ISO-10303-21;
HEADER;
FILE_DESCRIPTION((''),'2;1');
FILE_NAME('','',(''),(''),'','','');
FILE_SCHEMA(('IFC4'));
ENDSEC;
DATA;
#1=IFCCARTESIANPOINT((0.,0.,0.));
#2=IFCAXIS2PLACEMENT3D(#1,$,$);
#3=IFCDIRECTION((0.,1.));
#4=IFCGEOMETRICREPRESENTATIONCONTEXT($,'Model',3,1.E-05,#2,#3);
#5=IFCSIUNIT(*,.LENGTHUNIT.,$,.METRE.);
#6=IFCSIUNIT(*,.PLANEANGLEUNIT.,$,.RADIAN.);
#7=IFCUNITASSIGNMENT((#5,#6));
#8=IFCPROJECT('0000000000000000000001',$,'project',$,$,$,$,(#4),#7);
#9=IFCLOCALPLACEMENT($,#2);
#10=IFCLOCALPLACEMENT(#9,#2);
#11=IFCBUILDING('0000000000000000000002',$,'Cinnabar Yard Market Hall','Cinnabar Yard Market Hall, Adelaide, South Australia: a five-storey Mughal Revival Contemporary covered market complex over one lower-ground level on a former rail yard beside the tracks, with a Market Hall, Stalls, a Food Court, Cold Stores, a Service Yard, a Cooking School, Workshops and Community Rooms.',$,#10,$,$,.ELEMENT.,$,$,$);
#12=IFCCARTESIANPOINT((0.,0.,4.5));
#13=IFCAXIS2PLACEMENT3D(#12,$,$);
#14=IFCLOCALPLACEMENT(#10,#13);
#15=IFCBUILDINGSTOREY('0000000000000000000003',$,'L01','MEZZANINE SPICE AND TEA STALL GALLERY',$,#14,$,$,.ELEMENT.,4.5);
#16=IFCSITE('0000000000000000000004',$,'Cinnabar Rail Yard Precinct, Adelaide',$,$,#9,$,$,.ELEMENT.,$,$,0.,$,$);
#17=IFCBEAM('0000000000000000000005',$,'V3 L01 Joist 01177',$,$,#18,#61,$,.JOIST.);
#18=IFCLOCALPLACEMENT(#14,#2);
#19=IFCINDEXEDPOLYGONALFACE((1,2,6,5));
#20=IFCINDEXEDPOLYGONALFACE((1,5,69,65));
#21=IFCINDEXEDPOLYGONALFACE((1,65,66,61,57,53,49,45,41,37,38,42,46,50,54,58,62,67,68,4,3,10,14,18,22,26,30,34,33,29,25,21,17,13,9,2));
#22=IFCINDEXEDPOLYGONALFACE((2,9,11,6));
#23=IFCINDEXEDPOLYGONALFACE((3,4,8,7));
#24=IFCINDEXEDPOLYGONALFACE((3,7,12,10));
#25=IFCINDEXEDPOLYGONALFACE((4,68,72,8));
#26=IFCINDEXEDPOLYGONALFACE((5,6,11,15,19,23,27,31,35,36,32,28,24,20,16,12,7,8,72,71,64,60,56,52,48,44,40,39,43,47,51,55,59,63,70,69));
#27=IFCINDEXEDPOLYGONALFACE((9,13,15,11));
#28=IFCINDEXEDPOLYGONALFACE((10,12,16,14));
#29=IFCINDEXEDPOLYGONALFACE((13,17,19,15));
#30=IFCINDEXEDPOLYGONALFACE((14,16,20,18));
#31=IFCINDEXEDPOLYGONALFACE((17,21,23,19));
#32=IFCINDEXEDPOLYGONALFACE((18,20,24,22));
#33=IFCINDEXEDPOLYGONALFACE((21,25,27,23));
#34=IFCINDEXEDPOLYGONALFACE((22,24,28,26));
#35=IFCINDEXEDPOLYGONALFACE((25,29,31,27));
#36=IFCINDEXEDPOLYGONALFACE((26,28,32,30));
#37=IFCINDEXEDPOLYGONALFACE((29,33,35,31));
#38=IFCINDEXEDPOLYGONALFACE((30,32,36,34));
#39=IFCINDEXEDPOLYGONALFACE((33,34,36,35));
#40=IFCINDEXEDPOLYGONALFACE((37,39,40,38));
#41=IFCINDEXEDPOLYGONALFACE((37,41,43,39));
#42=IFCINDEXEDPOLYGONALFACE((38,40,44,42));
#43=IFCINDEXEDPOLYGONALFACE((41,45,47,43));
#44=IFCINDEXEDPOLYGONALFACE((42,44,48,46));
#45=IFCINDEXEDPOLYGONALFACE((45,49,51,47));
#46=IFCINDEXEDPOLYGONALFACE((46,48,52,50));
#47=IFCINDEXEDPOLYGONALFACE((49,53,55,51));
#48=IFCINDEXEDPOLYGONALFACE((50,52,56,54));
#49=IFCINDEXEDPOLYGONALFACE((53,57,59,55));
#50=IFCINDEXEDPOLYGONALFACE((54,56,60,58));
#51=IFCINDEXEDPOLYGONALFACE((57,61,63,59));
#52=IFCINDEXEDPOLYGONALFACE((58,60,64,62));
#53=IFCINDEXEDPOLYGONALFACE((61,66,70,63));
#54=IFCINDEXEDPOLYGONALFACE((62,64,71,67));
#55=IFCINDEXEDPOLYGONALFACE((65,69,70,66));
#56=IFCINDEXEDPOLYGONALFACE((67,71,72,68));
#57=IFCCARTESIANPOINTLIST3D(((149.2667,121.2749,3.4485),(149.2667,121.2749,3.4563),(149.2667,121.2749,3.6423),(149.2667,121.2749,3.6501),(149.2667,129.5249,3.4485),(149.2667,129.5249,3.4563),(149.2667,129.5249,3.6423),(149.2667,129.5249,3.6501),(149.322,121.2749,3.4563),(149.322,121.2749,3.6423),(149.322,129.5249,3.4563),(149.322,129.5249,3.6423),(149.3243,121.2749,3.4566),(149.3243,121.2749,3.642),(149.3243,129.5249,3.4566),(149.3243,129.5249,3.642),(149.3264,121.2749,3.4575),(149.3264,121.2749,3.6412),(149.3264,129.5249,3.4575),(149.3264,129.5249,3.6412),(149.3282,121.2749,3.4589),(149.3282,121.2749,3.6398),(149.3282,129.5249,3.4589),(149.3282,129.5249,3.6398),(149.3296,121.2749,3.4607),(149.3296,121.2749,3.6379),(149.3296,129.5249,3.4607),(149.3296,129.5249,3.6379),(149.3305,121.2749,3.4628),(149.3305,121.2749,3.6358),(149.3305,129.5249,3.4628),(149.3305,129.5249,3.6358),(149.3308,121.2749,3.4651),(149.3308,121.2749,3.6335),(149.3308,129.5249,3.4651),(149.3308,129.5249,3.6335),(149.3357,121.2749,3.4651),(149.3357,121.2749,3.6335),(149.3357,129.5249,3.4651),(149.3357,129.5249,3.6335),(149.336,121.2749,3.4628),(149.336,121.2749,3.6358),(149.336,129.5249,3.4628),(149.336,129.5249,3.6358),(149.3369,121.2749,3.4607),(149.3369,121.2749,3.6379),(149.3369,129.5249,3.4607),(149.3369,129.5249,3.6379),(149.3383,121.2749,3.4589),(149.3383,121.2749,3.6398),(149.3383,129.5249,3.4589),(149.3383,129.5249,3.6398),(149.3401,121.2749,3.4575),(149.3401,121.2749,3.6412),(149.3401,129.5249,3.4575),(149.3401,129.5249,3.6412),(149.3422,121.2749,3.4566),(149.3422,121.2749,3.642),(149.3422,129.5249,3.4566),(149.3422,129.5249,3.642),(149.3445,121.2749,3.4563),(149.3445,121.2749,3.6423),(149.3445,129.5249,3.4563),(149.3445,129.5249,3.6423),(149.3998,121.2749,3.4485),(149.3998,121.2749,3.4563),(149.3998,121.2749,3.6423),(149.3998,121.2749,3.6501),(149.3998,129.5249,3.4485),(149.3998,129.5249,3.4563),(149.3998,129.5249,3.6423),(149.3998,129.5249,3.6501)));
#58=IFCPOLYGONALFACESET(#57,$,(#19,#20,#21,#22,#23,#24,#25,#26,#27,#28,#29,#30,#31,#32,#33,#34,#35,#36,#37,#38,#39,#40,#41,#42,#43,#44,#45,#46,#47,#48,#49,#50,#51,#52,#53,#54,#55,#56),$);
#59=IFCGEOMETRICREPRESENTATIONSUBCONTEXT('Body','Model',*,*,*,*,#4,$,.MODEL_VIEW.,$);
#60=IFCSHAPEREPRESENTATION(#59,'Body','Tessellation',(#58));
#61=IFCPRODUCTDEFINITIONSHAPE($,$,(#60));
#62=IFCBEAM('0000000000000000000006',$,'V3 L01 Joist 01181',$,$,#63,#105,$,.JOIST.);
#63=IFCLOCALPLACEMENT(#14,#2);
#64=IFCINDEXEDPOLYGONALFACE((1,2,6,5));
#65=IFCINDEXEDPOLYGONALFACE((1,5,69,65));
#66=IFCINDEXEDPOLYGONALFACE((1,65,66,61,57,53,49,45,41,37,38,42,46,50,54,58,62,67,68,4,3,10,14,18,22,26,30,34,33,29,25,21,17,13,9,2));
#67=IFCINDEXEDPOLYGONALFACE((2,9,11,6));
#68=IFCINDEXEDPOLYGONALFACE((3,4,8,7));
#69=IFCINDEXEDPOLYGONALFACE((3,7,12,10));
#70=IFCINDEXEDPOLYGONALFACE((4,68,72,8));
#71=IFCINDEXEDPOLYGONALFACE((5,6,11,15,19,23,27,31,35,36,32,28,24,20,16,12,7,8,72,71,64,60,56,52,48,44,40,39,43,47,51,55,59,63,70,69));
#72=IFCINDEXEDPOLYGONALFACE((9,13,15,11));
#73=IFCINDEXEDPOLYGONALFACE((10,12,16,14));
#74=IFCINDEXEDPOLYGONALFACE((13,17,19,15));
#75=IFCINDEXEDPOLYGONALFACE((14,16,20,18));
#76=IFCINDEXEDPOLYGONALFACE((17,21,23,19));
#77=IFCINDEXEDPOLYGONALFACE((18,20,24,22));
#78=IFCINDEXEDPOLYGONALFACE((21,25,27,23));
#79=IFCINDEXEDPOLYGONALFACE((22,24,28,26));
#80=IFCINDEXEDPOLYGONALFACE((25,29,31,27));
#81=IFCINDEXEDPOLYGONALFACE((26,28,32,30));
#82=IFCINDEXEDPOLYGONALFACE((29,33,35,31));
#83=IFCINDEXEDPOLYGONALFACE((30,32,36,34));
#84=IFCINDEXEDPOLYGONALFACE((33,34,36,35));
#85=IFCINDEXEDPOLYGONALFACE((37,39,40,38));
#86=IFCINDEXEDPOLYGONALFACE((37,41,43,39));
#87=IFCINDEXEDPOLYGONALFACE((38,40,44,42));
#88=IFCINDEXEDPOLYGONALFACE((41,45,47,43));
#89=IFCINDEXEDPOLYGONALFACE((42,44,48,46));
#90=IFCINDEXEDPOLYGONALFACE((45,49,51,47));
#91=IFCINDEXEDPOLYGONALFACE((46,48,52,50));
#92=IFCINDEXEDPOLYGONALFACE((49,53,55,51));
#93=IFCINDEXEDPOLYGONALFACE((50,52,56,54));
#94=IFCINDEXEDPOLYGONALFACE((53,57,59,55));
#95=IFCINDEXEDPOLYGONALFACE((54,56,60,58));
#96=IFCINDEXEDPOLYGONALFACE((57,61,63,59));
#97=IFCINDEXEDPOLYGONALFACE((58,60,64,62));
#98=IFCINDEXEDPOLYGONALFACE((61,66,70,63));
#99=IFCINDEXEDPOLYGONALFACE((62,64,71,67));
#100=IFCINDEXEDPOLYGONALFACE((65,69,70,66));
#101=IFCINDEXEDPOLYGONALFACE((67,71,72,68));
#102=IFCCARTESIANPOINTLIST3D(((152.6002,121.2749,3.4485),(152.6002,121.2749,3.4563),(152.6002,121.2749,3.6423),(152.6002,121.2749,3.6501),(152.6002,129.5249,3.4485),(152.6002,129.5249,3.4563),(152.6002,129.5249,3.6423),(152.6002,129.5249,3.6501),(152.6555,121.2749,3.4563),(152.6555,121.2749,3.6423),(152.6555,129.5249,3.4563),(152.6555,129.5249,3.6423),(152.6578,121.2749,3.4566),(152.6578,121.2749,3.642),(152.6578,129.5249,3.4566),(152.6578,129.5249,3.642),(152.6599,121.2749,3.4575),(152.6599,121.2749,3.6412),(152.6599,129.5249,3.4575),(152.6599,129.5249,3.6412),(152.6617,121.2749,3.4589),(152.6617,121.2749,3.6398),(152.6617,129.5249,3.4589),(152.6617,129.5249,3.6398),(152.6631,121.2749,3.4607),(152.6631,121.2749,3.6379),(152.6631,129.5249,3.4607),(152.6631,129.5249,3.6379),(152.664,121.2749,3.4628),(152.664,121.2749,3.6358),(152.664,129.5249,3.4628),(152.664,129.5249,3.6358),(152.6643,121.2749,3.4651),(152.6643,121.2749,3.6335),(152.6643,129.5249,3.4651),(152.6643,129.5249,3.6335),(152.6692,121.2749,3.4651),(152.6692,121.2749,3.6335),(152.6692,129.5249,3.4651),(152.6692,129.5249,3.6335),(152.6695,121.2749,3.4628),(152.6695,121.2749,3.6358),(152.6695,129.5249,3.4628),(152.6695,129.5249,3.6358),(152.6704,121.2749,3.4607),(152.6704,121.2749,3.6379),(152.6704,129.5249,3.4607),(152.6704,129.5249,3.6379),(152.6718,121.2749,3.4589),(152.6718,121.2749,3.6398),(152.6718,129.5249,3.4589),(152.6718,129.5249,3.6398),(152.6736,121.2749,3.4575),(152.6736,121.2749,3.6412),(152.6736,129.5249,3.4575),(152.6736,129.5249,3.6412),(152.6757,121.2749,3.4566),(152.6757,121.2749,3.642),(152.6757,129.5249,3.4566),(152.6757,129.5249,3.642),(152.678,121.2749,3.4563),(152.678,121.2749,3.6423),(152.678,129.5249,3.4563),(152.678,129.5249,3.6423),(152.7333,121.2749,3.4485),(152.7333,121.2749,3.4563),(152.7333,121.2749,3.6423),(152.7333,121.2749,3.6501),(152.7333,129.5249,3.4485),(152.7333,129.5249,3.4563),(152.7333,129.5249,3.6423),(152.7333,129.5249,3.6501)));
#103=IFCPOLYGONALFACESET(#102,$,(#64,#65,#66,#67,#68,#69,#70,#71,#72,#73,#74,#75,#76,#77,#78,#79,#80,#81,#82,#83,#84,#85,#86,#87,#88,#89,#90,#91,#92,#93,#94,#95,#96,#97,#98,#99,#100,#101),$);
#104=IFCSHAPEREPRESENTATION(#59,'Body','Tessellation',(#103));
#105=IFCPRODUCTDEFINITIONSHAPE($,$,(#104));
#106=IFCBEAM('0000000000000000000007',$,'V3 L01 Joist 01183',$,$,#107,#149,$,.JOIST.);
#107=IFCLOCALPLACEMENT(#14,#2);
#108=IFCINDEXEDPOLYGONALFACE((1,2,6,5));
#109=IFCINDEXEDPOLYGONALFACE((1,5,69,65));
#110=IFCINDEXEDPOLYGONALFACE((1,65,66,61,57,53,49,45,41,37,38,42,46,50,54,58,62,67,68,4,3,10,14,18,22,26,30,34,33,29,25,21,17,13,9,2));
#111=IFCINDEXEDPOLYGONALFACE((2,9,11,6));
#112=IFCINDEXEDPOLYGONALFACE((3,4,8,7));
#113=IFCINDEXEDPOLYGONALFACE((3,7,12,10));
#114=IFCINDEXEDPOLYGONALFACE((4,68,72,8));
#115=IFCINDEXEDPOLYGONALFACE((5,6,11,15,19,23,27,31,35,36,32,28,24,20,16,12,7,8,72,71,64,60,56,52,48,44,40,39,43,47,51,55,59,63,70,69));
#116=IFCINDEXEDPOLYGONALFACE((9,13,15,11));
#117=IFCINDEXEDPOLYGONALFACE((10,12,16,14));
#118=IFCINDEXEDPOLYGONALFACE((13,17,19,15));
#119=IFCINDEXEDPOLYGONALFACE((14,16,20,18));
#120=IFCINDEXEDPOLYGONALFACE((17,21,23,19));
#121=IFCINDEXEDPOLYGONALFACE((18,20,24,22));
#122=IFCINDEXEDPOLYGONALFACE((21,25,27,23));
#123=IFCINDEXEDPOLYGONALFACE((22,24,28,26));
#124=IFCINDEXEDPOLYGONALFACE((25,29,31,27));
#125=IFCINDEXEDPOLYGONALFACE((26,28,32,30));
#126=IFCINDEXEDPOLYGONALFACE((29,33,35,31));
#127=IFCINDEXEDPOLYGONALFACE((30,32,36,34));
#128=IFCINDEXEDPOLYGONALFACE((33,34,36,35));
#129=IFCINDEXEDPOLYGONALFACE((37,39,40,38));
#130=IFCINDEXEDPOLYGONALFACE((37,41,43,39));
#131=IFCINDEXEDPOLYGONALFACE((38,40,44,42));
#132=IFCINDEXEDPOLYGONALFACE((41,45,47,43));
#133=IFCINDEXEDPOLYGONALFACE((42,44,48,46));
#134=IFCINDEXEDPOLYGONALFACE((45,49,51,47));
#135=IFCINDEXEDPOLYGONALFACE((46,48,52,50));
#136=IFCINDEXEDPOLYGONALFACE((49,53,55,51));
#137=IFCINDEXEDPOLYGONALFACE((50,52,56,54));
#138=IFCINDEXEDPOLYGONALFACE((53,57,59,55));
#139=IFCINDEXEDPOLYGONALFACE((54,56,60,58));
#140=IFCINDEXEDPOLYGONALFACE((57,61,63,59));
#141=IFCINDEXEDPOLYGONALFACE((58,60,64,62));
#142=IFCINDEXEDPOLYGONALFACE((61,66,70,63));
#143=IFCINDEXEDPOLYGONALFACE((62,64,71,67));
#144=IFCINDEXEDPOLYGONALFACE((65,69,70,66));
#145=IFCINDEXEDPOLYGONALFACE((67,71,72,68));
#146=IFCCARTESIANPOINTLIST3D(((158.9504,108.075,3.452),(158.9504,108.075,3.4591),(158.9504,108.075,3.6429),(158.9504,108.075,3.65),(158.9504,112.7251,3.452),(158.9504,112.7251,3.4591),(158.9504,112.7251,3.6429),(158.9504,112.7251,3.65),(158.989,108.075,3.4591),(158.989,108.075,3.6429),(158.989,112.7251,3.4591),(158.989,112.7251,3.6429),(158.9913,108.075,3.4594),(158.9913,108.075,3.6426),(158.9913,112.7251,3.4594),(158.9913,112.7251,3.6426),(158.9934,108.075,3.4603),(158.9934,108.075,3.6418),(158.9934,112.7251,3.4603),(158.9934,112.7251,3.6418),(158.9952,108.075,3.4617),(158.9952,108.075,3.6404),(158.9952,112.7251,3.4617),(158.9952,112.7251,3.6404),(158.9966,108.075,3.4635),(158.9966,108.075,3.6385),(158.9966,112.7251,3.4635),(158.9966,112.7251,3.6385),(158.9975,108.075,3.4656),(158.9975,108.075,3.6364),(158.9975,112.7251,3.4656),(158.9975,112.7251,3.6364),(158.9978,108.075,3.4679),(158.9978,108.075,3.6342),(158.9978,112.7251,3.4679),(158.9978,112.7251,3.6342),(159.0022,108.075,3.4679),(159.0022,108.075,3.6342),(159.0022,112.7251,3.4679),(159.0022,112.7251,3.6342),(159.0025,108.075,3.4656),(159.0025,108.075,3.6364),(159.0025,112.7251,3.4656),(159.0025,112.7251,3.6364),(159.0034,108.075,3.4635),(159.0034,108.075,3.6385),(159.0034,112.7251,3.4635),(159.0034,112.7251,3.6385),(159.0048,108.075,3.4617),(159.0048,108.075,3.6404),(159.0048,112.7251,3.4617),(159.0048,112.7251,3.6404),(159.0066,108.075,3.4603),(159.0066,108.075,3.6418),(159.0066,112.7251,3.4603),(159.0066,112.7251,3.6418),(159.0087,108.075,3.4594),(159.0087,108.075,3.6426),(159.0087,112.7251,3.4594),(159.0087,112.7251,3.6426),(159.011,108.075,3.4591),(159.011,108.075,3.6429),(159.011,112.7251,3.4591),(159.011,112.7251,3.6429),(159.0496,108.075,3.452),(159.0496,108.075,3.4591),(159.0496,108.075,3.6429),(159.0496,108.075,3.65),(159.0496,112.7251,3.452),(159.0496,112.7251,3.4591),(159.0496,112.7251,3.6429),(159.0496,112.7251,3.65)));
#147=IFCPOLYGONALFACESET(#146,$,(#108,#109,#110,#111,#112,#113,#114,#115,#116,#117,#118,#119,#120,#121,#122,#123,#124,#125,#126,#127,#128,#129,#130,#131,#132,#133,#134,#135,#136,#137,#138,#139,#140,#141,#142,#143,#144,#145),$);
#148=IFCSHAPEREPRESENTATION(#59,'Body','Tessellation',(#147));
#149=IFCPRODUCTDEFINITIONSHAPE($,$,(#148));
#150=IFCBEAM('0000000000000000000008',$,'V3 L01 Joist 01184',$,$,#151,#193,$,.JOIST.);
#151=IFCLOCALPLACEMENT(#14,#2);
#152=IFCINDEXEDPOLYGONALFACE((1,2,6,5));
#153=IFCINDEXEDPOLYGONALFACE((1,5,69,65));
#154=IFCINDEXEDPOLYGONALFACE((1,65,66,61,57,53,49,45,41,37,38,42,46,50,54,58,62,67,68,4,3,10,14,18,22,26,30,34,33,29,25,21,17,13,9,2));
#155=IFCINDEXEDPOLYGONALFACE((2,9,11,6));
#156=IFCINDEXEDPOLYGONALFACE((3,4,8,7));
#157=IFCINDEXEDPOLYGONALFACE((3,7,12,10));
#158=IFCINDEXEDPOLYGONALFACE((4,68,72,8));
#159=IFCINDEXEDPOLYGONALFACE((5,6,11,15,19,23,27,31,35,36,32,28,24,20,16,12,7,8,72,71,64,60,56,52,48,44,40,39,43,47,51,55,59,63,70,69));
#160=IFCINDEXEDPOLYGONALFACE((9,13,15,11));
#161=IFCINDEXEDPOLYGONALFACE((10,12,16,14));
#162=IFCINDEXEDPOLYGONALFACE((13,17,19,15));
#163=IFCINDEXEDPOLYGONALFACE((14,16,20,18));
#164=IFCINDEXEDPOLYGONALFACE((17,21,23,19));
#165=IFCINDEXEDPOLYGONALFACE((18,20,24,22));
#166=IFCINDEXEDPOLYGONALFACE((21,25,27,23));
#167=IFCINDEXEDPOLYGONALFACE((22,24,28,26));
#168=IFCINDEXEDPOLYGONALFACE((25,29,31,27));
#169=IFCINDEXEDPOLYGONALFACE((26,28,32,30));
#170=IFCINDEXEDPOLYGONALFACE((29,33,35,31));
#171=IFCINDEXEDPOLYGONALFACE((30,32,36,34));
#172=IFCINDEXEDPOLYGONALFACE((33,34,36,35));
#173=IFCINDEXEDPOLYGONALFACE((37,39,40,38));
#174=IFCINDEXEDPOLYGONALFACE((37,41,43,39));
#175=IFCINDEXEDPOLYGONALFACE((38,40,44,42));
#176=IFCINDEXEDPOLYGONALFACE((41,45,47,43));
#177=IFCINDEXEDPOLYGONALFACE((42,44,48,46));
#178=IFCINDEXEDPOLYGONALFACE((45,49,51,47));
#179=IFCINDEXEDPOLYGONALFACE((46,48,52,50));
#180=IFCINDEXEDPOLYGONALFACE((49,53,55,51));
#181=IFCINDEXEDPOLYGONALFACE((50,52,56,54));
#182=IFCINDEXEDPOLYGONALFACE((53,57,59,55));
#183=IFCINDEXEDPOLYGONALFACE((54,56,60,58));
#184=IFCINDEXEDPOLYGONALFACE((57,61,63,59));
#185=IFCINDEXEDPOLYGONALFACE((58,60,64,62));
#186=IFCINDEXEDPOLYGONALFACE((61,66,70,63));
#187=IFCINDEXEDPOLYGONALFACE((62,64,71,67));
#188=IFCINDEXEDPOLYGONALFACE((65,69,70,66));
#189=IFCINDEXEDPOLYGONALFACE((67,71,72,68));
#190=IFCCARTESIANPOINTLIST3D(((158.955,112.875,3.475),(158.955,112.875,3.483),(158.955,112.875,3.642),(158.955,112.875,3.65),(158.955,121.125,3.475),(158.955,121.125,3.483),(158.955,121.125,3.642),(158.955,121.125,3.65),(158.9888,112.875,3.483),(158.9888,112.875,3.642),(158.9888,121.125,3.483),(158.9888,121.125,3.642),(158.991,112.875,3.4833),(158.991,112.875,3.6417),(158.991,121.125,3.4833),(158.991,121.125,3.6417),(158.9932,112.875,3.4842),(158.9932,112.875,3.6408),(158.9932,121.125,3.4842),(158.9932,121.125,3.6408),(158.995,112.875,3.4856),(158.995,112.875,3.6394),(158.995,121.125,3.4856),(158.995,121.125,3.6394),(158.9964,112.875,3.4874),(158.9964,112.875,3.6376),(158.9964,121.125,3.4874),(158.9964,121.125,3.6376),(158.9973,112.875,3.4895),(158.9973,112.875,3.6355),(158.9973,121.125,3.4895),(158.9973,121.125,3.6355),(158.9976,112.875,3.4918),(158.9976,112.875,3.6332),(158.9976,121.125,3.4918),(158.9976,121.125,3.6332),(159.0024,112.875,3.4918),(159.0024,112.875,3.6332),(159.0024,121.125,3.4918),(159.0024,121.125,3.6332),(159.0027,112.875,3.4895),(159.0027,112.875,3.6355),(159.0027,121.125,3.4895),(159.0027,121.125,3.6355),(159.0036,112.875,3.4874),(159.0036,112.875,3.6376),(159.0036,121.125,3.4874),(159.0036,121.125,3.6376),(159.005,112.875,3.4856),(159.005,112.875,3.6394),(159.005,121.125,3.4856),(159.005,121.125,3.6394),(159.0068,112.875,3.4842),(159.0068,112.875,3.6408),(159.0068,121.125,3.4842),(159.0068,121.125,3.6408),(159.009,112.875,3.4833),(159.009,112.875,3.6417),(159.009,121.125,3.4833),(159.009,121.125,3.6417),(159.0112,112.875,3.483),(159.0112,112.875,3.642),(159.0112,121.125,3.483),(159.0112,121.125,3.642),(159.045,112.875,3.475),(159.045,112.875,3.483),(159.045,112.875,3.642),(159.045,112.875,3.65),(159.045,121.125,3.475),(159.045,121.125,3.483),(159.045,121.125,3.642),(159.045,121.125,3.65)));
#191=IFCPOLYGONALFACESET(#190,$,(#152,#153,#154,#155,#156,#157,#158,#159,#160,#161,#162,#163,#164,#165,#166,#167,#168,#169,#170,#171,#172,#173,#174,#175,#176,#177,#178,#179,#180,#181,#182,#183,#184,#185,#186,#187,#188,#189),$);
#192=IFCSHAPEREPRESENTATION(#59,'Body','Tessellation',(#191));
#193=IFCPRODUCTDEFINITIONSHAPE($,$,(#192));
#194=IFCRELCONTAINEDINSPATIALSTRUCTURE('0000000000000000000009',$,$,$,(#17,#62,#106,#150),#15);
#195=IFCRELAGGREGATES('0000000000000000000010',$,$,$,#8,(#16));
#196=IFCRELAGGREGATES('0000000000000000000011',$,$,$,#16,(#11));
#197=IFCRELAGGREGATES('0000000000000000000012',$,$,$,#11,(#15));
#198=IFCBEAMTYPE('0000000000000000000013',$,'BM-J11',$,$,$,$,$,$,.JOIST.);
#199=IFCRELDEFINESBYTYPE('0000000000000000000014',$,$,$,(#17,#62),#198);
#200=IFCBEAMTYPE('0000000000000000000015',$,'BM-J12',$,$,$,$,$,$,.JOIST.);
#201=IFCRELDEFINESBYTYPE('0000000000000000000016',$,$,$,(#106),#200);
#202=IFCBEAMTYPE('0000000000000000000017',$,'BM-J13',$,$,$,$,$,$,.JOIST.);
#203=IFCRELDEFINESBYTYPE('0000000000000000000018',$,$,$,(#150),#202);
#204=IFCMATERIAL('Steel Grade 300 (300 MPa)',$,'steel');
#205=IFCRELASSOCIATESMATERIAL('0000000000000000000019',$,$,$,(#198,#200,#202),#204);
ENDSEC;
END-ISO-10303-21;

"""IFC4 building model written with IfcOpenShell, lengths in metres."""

from ifc_helpers import new_model, si_unit, direction, frame, origin, origin_2d_with_axis, place, context, subcontext, project, spatial, i_section, extrude, material, material_profile, profile_set, type_object, element, save


model = new_model("IFC4")

# Units and contexts
model_context = context("Model", 3, precision=1e-05, world=origin(), true_north=direction((0.0, 1.0)))
body_context = subcontext(model_context, "Body", "Model", "MODEL_VIEW")
ifc_project = project(units=[si_unit("LENGTHUNIT", "METRE"), si_unit("PLANEANGLEUNIT", "RADIAN")], contexts=[model_context])

# Site, building, storey
site_placement = place(None, origin())
site = spatial("IfcSite", under=ifc_project, at=site_placement, Name="Cinnabar Rail Yard Precinct, Adelaide", CompositionType="ELEMENT", RefElevation=0.0)
building_placement = place(site_placement, origin())
building = spatial("IfcBuilding", under=site, at=building_placement, Name="Cinnabar Yard Market Hall", Description="Cinnabar Yard Market Hall, Adelaide, South Australia: a five-storey Mughal Revival Contemporary covered market complex over one lower-ground level on a former rail yard beside the tracks, with a Market Hall, Stalls, a Food Court, Cold Stores, a Service Yard, a Cooking School, Workshops and Community Rooms.", CompositionType="ELEMENT")
storey_placement = place(building_placement, frame((0.0, 0.0, 4.5)))
storey = spatial("IfcBuildingStorey", under=building, at=storey_placement, Name="L01", Description="MEZZANINE SPICE AND TEA STALL GALLERY", CompositionType="ELEMENT", Elevation=4.5)

# Shared definitions
ifc_material_1 = material(Name="Steel Grade 300 (300 MPa)", Category="steel")

# Beams
ifc_material_profile_1 = material_profile(ifc_material_1, i_section(OverallWidth=0.1331, OverallDepth=0.2017, WebThickness=0.0049, FlangeThickness=0.0078, FilletRadius=0.0088, at=origin_2d_with_axis()), Name="200UB22.3")
ifc_profile_set_1 = profile_set([ifc_material_profile_1], Name="Steel Grade 300 (300 MPa)")
beam_type_1 = type_object("IfcBeamType", Name="BM-J11", PredefinedType="JOIST", material=ifc_profile_set_1)
for number, where, z_axis, x_axis, name in (
    (1, (149.3333, 121.2749, 3.5493), (0.0, 1.0, 0.0), (-1.0, 0.0, 0.0), "V3 L01 Joist 01177"),
    (2, (152.6667, 121.2749, 3.5493), (0.0, 1.0, 0.0), (-1.0, 0.0, 0.0), "V3 L01 Joist 01181"),
):
    element("IfcBeam", number, at=place(storey_placement, frame(where, z_axis=z_axis, x_axis=x_axis)), inside=storey, type_object=beam_type_1, Name=name, PredefinedType="JOIST", context=body_context, shape_type="SweptSolid", body=[
        extrude(i_section(OverallWidth=0.1331, OverallDepth=0.2017, WebThickness=0.0049, FlangeThickness=0.0078, FilletRadius=0.0088, at=origin_2d_with_axis()), origin(), (0.0, 0.0, 1.0), 8.25),
    ])
ifc_material_profile_2 = material_profile(ifc_material_1, i_section(OverallWidth=0.0991, OverallDepth=0.198, WebThickness=0.0044, FlangeThickness=0.0071, FilletRadius=0.0088, at=origin_2d_with_axis()), Name="200UB18.2")
ifc_profile_set_2 = profile_set([ifc_material_profile_2], Name="Steel Grade 300 (300 MPa)")
beam_type_2 = type_object("IfcBeamType", Name="BM-J12", PredefinedType="JOIST", material=ifc_profile_set_2)
beam_1_placement = place(storey_placement, frame((159.0, 108.075, 3.551), z_axis=(0.0, 1.0, 0.0), x_axis=(-1.0, 0.0, 0.0)))
element("IfcBeam", 3, at=beam_1_placement, inside=storey, type_object=beam_type_2, Name="V3 L01 Joist 01183", PredefinedType="JOIST", context=body_context, shape_type="SweptSolid", body=[
    extrude(i_section(OverallWidth=0.0991, OverallDepth=0.198, WebThickness=0.0044, FlangeThickness=0.0071, FilletRadius=0.0088, at=origin_2d_with_axis()), origin(), (0.0, 0.0, 1.0), 4.6501),
])
ifc_material_profile_3 = material_profile(ifc_material_1, i_section(OverallWidth=0.0901, OverallDepth=0.175, WebThickness=0.0049, FlangeThickness=0.0081, FilletRadius=0.0088, at=origin_2d_with_axis()), Name="180UB18.1")
ifc_profile_set_3 = profile_set([ifc_material_profile_3], Name="Steel Grade 300 (300 MPa)")
beam_type_3 = type_object("IfcBeamType", Name="BM-J13", PredefinedType="JOIST", material=ifc_profile_set_3)
beam_2_placement = place(storey_placement, frame((159.0, 112.875, 3.5625), z_axis=(0.0, 1.0, 0.0), x_axis=(-1.0, 0.0, 0.0)))
element("IfcBeam", 4, at=beam_2_placement, inside=storey, type_object=beam_type_3, Name="V3 L01 Joist 01184", PredefinedType="JOIST", context=body_context, shape_type="SweptSolid", body=[
    extrude(i_section(OverallWidth=0.0901, OverallDepth=0.175, WebThickness=0.0049, FlangeThickness=0.0081, FilletRadius=0.0088, at=origin_2d_with_axis()), origin(), (0.0, 0.0, 1.0), 8.25),
])

save(model, "model.ifc")
